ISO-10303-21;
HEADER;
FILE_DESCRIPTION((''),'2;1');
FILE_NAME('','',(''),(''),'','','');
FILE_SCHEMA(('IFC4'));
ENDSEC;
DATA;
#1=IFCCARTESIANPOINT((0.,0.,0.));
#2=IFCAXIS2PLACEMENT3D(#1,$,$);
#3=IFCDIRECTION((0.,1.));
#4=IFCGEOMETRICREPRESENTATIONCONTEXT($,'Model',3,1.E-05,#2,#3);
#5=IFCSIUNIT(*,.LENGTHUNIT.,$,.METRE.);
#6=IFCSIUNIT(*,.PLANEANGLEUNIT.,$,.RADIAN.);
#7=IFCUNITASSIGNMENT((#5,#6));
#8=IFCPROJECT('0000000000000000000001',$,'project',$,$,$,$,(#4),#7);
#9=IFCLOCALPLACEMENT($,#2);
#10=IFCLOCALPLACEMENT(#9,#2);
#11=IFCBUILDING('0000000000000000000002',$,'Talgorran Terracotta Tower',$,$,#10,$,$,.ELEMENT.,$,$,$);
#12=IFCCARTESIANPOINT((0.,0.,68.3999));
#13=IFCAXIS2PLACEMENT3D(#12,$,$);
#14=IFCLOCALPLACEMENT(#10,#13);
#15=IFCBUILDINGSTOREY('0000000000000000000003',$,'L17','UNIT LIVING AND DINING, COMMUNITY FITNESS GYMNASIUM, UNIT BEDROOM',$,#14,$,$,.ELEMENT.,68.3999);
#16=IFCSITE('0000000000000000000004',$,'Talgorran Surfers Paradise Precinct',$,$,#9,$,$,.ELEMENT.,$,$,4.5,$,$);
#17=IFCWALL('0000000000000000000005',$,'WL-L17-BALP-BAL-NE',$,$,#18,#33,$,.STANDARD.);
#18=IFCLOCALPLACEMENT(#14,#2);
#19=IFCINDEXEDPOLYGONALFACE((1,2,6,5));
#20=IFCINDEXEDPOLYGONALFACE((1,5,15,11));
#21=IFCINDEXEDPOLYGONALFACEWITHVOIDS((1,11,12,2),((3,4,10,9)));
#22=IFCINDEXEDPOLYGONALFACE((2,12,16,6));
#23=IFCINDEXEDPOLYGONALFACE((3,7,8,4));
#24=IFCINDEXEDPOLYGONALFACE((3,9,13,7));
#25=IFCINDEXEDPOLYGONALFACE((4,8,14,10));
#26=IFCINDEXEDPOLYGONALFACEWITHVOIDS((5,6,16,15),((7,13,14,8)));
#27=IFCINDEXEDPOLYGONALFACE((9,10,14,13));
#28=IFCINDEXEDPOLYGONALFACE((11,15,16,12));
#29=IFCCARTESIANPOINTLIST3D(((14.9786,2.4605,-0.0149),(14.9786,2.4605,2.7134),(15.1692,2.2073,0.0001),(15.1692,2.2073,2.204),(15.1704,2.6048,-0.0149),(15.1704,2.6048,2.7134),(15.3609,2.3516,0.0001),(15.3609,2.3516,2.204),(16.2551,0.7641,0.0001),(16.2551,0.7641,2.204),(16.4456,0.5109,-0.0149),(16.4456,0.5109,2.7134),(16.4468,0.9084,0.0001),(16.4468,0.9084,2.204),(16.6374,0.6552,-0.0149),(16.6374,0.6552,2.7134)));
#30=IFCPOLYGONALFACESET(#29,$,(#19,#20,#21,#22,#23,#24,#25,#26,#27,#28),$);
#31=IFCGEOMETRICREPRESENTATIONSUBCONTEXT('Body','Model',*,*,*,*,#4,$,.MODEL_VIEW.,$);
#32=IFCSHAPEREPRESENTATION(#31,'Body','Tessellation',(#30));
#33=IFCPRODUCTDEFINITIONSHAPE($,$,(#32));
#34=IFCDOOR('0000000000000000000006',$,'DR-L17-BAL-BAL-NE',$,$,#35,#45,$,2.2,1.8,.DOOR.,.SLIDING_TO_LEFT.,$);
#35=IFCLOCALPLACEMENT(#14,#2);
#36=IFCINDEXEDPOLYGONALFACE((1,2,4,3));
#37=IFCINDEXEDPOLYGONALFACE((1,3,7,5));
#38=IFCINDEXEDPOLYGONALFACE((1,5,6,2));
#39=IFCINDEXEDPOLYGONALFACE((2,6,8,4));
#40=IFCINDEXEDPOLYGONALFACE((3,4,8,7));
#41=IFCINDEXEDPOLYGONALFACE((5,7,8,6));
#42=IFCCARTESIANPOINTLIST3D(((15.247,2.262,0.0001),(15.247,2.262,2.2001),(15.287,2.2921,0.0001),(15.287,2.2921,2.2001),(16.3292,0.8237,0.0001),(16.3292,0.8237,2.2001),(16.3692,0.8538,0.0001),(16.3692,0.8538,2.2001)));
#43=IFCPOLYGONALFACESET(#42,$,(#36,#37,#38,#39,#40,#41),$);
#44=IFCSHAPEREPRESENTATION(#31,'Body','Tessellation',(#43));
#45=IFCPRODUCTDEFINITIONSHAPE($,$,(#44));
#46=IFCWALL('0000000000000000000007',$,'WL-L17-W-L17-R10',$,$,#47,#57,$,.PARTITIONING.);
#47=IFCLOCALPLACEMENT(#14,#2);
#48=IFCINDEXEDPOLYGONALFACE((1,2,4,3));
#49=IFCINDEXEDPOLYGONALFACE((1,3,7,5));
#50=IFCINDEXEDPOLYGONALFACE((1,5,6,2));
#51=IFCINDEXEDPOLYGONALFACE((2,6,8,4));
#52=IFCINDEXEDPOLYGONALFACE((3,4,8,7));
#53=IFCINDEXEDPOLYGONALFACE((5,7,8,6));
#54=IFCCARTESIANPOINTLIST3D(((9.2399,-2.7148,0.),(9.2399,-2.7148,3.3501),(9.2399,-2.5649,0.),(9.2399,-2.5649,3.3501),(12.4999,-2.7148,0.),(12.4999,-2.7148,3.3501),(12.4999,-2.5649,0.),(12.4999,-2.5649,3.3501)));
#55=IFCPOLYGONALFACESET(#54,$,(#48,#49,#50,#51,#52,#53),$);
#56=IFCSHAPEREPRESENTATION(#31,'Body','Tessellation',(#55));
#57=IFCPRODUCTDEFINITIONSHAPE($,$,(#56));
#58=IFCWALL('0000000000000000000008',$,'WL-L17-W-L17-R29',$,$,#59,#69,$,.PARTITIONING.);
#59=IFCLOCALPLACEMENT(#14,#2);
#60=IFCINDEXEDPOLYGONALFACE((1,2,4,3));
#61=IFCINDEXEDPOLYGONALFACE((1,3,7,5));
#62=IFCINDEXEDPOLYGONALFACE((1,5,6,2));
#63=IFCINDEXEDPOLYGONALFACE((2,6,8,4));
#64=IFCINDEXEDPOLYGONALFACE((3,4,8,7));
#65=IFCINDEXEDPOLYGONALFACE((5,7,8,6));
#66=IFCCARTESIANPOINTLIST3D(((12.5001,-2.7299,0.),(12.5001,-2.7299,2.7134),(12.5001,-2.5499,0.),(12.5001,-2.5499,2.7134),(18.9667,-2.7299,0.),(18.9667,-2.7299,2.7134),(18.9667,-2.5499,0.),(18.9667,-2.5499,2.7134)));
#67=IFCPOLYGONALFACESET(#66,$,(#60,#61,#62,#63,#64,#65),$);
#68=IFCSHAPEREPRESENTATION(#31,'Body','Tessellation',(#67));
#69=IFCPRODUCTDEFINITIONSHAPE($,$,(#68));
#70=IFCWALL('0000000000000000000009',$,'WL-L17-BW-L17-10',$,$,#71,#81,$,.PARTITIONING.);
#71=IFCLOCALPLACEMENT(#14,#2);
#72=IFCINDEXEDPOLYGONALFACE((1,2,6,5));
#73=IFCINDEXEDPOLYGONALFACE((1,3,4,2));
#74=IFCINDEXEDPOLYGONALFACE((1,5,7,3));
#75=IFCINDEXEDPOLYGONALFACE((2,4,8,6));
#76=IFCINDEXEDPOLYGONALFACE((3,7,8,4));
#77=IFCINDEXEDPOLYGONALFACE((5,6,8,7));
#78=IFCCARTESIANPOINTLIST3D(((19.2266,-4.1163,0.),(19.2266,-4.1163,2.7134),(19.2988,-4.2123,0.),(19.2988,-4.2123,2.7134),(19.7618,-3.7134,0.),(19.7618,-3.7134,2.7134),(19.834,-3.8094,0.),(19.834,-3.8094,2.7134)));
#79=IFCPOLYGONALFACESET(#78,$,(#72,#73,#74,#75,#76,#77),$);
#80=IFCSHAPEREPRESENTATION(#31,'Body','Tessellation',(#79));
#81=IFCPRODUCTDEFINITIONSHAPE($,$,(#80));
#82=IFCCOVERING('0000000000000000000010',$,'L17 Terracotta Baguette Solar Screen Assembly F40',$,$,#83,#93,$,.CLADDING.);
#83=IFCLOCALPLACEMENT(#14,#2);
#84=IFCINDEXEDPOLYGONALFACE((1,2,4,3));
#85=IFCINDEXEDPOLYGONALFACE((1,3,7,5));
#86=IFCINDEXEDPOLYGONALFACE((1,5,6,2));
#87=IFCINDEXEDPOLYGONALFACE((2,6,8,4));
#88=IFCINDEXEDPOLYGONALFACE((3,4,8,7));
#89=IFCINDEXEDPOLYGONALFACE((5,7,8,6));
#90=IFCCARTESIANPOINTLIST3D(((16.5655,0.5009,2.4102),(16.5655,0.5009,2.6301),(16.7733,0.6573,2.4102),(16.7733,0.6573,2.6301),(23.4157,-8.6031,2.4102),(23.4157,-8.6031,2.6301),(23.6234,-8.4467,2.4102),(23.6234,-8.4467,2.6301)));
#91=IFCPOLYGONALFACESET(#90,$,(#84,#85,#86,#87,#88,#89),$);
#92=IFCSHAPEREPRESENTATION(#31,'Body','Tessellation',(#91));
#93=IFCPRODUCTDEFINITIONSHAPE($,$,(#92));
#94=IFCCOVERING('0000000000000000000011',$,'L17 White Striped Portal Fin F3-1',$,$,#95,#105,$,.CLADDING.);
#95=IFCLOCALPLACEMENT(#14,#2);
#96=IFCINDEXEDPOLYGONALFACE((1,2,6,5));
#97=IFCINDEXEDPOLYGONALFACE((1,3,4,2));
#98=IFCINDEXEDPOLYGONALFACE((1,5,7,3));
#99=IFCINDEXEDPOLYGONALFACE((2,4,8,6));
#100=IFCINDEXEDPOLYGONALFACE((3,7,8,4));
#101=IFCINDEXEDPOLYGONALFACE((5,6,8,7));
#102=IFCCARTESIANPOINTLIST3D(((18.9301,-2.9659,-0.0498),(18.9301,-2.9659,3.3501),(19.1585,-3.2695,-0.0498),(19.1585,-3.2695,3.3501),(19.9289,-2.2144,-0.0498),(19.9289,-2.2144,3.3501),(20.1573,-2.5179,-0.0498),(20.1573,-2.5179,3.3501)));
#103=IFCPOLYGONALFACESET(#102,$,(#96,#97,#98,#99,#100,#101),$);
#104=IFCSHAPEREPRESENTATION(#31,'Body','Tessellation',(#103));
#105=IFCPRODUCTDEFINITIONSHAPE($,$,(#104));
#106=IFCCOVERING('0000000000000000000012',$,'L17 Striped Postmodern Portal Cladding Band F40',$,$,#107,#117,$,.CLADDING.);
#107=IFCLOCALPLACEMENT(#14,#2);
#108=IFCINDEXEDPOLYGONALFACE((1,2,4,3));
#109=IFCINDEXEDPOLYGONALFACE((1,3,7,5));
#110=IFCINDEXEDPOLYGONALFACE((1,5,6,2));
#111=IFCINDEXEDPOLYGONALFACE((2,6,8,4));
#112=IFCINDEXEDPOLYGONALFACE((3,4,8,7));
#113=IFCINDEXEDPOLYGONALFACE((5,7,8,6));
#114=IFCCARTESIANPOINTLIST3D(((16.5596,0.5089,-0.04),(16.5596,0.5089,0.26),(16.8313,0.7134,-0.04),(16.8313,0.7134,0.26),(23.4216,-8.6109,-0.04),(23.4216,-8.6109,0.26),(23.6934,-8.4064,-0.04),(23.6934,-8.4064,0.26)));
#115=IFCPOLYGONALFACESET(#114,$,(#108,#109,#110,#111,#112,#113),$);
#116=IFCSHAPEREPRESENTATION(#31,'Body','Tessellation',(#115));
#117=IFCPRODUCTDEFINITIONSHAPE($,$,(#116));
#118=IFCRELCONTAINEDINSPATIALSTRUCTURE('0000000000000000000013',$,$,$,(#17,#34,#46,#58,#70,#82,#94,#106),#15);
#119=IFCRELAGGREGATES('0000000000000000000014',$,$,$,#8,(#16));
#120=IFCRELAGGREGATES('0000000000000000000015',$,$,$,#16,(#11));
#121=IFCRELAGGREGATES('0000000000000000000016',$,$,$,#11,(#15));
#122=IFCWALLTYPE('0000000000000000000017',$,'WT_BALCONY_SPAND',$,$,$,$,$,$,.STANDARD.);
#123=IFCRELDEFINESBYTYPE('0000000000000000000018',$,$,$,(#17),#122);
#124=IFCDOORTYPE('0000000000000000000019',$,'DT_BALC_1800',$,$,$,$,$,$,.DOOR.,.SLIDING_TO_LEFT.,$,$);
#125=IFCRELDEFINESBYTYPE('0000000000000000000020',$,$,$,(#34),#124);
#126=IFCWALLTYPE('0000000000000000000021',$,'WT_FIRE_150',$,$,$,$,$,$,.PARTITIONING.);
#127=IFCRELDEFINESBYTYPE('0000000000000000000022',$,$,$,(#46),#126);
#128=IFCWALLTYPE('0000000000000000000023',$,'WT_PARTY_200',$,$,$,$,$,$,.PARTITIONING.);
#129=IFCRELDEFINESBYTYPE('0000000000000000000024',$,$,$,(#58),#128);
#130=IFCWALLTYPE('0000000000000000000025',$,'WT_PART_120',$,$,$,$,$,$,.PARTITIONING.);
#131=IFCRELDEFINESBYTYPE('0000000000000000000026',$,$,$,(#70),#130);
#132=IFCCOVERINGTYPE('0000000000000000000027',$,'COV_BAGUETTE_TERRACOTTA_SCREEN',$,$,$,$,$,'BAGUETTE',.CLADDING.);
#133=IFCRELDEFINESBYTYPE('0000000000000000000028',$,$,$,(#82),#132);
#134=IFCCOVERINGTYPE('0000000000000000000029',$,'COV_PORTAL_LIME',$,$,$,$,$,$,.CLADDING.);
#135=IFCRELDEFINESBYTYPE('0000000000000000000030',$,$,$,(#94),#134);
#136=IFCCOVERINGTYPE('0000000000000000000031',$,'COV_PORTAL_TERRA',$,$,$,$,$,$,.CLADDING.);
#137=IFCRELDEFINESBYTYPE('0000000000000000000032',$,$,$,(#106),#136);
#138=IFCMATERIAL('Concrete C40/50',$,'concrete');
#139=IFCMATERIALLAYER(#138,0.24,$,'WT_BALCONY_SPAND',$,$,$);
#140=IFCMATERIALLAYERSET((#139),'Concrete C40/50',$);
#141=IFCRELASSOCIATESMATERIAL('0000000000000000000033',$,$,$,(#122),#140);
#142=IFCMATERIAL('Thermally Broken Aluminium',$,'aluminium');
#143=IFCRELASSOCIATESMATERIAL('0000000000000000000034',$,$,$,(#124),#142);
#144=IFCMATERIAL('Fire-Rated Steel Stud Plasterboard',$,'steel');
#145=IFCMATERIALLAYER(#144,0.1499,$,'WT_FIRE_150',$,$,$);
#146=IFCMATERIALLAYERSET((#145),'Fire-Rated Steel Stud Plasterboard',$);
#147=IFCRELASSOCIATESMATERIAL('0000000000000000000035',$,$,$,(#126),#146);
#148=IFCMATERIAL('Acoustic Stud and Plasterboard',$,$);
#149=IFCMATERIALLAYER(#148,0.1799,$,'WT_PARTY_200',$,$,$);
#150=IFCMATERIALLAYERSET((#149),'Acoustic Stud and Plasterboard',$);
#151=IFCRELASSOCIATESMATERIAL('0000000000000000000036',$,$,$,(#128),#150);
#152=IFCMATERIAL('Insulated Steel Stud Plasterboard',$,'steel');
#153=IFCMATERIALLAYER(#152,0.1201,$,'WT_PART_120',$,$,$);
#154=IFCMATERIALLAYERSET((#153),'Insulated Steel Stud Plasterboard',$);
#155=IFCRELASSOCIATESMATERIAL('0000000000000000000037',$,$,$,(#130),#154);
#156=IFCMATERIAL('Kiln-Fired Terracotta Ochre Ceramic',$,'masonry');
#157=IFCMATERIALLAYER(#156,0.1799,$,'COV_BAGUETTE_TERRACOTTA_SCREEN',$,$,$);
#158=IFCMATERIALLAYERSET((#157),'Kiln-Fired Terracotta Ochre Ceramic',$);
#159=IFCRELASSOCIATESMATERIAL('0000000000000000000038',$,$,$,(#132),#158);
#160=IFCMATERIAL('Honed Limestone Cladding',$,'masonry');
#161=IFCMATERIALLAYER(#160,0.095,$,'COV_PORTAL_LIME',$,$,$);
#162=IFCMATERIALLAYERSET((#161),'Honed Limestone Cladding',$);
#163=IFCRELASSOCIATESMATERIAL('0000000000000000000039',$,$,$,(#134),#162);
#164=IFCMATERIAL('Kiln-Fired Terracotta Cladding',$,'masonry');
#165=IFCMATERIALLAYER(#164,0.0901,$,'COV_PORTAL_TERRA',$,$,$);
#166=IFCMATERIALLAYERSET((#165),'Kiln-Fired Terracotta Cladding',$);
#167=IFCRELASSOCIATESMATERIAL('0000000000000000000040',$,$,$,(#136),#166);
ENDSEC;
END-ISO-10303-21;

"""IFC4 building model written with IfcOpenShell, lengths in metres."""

from ifc_helpers import new_model, si_unit, direction, frame, frame_2d, origin, origin_2d, place, context, subcontext, project, spatial, rectangle, extrude, material, layer, layer_set, type_object, element, fill, save


model = new_model("IFC4")

# Units and contexts
model_context = context("Model", 3, precision=1e-05, world=origin(), true_north=direction((0.0, 1.0)))
body_context = subcontext(model_context, "Body", "Model", "MODEL_VIEW")
ifc_project = project(units=[si_unit("LENGTHUNIT", "METRE"), si_unit("PLANEANGLEUNIT", "RADIAN")], contexts=[model_context])

# Site, building, storey
site_placement = place(None, origin())
site = spatial("IfcSite", under=ifc_project, at=site_placement, Name="Talgorran Surfers Paradise Precinct", CompositionType="ELEMENT", RefElevation=4.5)
building_placement = place(site_placement, origin())
building = spatial("IfcBuilding", under=site, at=building_placement, Name="Talgorran Terracotta Tower", CompositionType="ELEMENT")
storey_placement = place(building_placement, frame((0.0, 0.0, 68.3999)))
storey = spatial("IfcBuildingStorey", under=building, at=storey_placement, Name="L17", Description="UNIT LIVING AND DINING, COMMUNITY FITNESS GYMNASIUM, UNIT BEDROOM", CompositionType="ELEMENT", Elevation=68.3999)

# Wall, opening, door
ifc_material_1 = material(Name="Concrete C40/50", Category="concrete")
ifc_layer_1 = layer(ifc_material_1, 0.24, Name="WT_BALCONY_SPAND")
ifc_layer_set_1 = layer_set([ifc_layer_1], Name="Concrete C40/50")
wall_type_1 = type_object("IfcWallType", Name="WT_BALCONY_SPAND", PredefinedType="STANDARD", material=ifc_layer_set_1)
wall_1_placement = place(storey_placement, frame((16.5415, 0.583, -0.0149), z_axis=(0.0, 0.0, 1.0), x_axis=(-0.601248, 0.799062, 0.0)))
wall_1 = element("IfcWall", 1, at=wall_1_placement, inside=storey, type_object=wall_type_1, Name="WL-L17-BALP-BAL-NE", PredefinedType="STANDARD", context=body_context, shape_type="SweptSolid", body=[
    extrude(rectangle(XDim=2.4399, YDim=0.24, at=frame_2d((1.22, 0.0))), origin(), (0.0, 0.0, 1.0), 2.7283),
])
opening_placement = place(wall_1_placement, frame((0.3201, 0.0, 0.0149)))
opening = element("IfcOpeningElement", 2, at=opening_placement, cuts=wall_1, PredefinedType="OPENING", context=body_context, shape_type="SweptSolid", body=[
    extrude(rectangle(XDim=1.806, YDim=2.204, at=frame_2d((0.8999, 1.1021))), frame((0.0, 0.1299, 0.0), z_axis=(0.0, -1.0, 0.0), x_axis=(1.0, 0.0, 0.0)), (0.0, 0.0, 1.0), 0.26),
])
ifc_material_2 = material(Name="Thermally Broken Aluminium", Category="aluminium")
door_type = type_object("IfcDoorType", Name="DT_BALC_1800", OperationType="SLIDING_TO_LEFT", PredefinedType="DOOR", material=ifc_material_2)
door_placement = place(opening_placement, origin())
door = element("IfcDoor", 3, at=door_placement, inside=storey, type_object=door_type, Name="DR-L17-BAL-BAL-NE", OperationType="SLIDING_TO_LEFT", OverallHeight=2.2, OverallWidth=1.8, PredefinedType="DOOR", context=body_context, shape_type="SweptSolid", body=[
    extrude(rectangle(XDim=1.8, YDim=2.2, at=frame_2d((0.8999, 1.1001))), frame((0.0, 0.0249, 0.0), z_axis=(0.0, -1.0, 0.0), x_axis=(1.0, 0.0, 0.0)), (0.0, 0.0, 1.0), 0.05),
])
fill(opening, door)

# Walls
ifc_material_3 = material(Name="Fire-Rated Steel Stud Plasterboard", Category="steel")
ifc_layer_2 = layer(ifc_material_3, 0.1499, Name="WT_FIRE_150")
ifc_layer_set_2 = layer_set([ifc_layer_2], Name="Fire-Rated Steel Stud Plasterboard")
wall_type_2 = type_object("IfcWallType", Name="WT_FIRE_150", PredefinedType="PARTITIONING", material=ifc_layer_set_2)
wall_2_placement = place(storey_placement, frame((9.24, -2.6399, 0.0), z_axis=(0.0, 0.0, 1.0), x_axis=(1.0, 0.0, 0.0)))
element("IfcWall", 4, at=wall_2_placement, inside=storey, type_object=wall_type_2, Name="WL-L17-W-L17-R10", PredefinedType="PARTITIONING", context=body_context, shape_type="SweptSolid", body=[
    extrude(rectangle(XDim=3.26, YDim=0.1499, at=frame_2d((1.6299, 0.0))), origin(), (0.0, 0.0, 1.0), 3.3501),
])
ifc_material_4 = material(Name="Acoustic Stud and Plasterboard")
ifc_layer_3 = layer(ifc_material_4, 0.1799, Name="WT_PARTY_200")
ifc_layer_set_3 = layer_set([ifc_layer_3], Name="Acoustic Stud and Plasterboard")
wall_type_3 = type_object("IfcWallType", Name="WT_PARTY_200", PredefinedType="PARTITIONING", material=ifc_layer_set_3)
wall_3_placement = place(storey_placement, frame((12.5, -2.6399, 0.0), z_axis=(0.0, 0.0, 1.0), x_axis=(1.0, 0.0, 0.0)))
element("IfcWall", 5, at=wall_3_placement, inside=storey, type_object=wall_type_3, Name="WL-L17-W-L17-R29", PredefinedType="PARTITIONING", context=body_context, shape_type="SweptSolid", body=[
    extrude(rectangle(XDim=6.4666, YDim=0.1799, at=frame_2d((3.2334, 0.0))), origin(), (0.0, 0.0, 1.0), 2.7134),
])
ifc_material_5 = material(Name="Insulated Steel Stud Plasterboard", Category="steel")
ifc_layer_4 = layer(ifc_material_5, 0.1201, Name="WT_PART_120")
ifc_layer_set_4 = layer_set([ifc_layer_4], Name="Insulated Steel Stud Plasterboard")
wall_type_4 = type_object("IfcWallType", Name="WT_PART_120", PredefinedType="PARTITIONING", material=ifc_layer_set_4)
wall_4_placement = place(storey_placement, frame((19.2627, -4.1643, 0.0), z_axis=(0.0, 0.0, 1.0), x_axis=(0.798949, 0.601399, 0.0)))
element("IfcWall", 6, at=wall_4_placement, inside=storey, type_object=wall_type_4, Name="WL-L17-BW-L17-10", PredefinedType="PARTITIONING", context=body_context, shape_type="SweptSolid", body=[
    extrude(rectangle(XDim=0.6699, YDim=0.1201, at=frame_2d((0.335, 0.0))), origin(), (0.0, 0.0, 1.0), 2.7134),
])

# Coverings
ifc_material_6 = material(Name="Kiln-Fired Terracotta Ochre Ceramic", Category="masonry")
ifc_layer_5 = layer(ifc_material_6, 0.1799, Name="COV_BAGUETTE_TERRACOTTA_SCREEN")
ifc_layer_set_5 = layer_set([ifc_layer_5], Name="Kiln-Fired Terracotta Ochre Ceramic")
covering_type_1 = type_object("IfcCoveringType", Name="COV_BAGUETTE_TERRACOTTA_SCREEN", ElementType="BAGUETTE", PredefinedType="CLADDING", material=ifc_layer_set_5)
covering_1_placement = place(storey_placement, frame((20.0945, -3.9729, 2.4102), z_axis=(0.0, 0.0, 1.0), x_axis=(-0.601243, 0.799066, 0.0)))
element("IfcCovering", 7, at=covering_1_placement, inside=storey, type_object=covering_type_1, Name="L17 Terracotta Baguette Solar Screen Assembly F40", PredefinedType="CLADDING", context=body_context, shape_type="SweptSolid", body=[
    extrude(rectangle(XDim=11.3933, YDim=0.26, at=origin_2d()), origin(), (0.0, 0.0, 1.0), 0.22),
])
ifc_material_7 = material(Name="Honed Limestone Cladding", Category="masonry")
ifc_layer_6 = layer(ifc_material_7, 0.095, Name="COV_PORTAL_LIME")
ifc_layer_set_6 = layer_set([ifc_layer_6], Name="Honed Limestone Cladding")
covering_type_2 = type_object("IfcCoveringType", Name="COV_PORTAL_LIME", PredefinedType="CLADDING", material=ifc_layer_set_6)
covering_2_placement = place(storey_placement, frame((19.5437, -2.7419, -0.0498), z_axis=(0.0, 0.0, 1.0), x_axis=(-0.601243, 0.799066, 0.0)))
element("IfcCovering", 8, at=covering_2_placement, inside=storey, type_object=covering_type_2, Name="L17 White Striped Portal Fin F3-1", PredefinedType="CLADDING", context=body_context, shape_type="SweptSolid", body=[
    extrude(rectangle(XDim=0.3799, YDim=1.25, at=origin_2d()), origin(), (0.0, 0.0, 1.0), 3.3999),
])
ifc_material_8 = material(Name="Kiln-Fired Terracotta Cladding", Category="masonry")
ifc_layer_7 = layer(ifc_material_8, 0.0901, Name="COV_PORTAL_TERRA")
ifc_layer_set_7 = layer_set([ifc_layer_7], Name="Kiln-Fired Terracotta Cladding")
covering_type_3 = type_object("IfcCoveringType", Name="COV_PORTAL_TERRA", PredefinedType="CLADDING", material=ifc_layer_set_7)
covering_3_placement = place(storey_placement, frame((20.1265, -3.9487, -0.04), z_axis=(0.0, 0.0, 1.0), x_axis=(-0.601243, 0.799066, 0.0)))
element("IfcCovering", 9, at=covering_3_placement, inside=storey, type_object=covering_type_3, Name="L17 Striped Postmodern Portal Cladding Band F40", PredefinedType="CLADDING", context=body_context, shape_type="SweptSolid", body=[
    extrude(rectangle(XDim=11.4131, YDim=0.3401, at=origin_2d()), origin(), (0.0, 0.0, 1.0), 0.3),
])

save(model, "model.ifc")
